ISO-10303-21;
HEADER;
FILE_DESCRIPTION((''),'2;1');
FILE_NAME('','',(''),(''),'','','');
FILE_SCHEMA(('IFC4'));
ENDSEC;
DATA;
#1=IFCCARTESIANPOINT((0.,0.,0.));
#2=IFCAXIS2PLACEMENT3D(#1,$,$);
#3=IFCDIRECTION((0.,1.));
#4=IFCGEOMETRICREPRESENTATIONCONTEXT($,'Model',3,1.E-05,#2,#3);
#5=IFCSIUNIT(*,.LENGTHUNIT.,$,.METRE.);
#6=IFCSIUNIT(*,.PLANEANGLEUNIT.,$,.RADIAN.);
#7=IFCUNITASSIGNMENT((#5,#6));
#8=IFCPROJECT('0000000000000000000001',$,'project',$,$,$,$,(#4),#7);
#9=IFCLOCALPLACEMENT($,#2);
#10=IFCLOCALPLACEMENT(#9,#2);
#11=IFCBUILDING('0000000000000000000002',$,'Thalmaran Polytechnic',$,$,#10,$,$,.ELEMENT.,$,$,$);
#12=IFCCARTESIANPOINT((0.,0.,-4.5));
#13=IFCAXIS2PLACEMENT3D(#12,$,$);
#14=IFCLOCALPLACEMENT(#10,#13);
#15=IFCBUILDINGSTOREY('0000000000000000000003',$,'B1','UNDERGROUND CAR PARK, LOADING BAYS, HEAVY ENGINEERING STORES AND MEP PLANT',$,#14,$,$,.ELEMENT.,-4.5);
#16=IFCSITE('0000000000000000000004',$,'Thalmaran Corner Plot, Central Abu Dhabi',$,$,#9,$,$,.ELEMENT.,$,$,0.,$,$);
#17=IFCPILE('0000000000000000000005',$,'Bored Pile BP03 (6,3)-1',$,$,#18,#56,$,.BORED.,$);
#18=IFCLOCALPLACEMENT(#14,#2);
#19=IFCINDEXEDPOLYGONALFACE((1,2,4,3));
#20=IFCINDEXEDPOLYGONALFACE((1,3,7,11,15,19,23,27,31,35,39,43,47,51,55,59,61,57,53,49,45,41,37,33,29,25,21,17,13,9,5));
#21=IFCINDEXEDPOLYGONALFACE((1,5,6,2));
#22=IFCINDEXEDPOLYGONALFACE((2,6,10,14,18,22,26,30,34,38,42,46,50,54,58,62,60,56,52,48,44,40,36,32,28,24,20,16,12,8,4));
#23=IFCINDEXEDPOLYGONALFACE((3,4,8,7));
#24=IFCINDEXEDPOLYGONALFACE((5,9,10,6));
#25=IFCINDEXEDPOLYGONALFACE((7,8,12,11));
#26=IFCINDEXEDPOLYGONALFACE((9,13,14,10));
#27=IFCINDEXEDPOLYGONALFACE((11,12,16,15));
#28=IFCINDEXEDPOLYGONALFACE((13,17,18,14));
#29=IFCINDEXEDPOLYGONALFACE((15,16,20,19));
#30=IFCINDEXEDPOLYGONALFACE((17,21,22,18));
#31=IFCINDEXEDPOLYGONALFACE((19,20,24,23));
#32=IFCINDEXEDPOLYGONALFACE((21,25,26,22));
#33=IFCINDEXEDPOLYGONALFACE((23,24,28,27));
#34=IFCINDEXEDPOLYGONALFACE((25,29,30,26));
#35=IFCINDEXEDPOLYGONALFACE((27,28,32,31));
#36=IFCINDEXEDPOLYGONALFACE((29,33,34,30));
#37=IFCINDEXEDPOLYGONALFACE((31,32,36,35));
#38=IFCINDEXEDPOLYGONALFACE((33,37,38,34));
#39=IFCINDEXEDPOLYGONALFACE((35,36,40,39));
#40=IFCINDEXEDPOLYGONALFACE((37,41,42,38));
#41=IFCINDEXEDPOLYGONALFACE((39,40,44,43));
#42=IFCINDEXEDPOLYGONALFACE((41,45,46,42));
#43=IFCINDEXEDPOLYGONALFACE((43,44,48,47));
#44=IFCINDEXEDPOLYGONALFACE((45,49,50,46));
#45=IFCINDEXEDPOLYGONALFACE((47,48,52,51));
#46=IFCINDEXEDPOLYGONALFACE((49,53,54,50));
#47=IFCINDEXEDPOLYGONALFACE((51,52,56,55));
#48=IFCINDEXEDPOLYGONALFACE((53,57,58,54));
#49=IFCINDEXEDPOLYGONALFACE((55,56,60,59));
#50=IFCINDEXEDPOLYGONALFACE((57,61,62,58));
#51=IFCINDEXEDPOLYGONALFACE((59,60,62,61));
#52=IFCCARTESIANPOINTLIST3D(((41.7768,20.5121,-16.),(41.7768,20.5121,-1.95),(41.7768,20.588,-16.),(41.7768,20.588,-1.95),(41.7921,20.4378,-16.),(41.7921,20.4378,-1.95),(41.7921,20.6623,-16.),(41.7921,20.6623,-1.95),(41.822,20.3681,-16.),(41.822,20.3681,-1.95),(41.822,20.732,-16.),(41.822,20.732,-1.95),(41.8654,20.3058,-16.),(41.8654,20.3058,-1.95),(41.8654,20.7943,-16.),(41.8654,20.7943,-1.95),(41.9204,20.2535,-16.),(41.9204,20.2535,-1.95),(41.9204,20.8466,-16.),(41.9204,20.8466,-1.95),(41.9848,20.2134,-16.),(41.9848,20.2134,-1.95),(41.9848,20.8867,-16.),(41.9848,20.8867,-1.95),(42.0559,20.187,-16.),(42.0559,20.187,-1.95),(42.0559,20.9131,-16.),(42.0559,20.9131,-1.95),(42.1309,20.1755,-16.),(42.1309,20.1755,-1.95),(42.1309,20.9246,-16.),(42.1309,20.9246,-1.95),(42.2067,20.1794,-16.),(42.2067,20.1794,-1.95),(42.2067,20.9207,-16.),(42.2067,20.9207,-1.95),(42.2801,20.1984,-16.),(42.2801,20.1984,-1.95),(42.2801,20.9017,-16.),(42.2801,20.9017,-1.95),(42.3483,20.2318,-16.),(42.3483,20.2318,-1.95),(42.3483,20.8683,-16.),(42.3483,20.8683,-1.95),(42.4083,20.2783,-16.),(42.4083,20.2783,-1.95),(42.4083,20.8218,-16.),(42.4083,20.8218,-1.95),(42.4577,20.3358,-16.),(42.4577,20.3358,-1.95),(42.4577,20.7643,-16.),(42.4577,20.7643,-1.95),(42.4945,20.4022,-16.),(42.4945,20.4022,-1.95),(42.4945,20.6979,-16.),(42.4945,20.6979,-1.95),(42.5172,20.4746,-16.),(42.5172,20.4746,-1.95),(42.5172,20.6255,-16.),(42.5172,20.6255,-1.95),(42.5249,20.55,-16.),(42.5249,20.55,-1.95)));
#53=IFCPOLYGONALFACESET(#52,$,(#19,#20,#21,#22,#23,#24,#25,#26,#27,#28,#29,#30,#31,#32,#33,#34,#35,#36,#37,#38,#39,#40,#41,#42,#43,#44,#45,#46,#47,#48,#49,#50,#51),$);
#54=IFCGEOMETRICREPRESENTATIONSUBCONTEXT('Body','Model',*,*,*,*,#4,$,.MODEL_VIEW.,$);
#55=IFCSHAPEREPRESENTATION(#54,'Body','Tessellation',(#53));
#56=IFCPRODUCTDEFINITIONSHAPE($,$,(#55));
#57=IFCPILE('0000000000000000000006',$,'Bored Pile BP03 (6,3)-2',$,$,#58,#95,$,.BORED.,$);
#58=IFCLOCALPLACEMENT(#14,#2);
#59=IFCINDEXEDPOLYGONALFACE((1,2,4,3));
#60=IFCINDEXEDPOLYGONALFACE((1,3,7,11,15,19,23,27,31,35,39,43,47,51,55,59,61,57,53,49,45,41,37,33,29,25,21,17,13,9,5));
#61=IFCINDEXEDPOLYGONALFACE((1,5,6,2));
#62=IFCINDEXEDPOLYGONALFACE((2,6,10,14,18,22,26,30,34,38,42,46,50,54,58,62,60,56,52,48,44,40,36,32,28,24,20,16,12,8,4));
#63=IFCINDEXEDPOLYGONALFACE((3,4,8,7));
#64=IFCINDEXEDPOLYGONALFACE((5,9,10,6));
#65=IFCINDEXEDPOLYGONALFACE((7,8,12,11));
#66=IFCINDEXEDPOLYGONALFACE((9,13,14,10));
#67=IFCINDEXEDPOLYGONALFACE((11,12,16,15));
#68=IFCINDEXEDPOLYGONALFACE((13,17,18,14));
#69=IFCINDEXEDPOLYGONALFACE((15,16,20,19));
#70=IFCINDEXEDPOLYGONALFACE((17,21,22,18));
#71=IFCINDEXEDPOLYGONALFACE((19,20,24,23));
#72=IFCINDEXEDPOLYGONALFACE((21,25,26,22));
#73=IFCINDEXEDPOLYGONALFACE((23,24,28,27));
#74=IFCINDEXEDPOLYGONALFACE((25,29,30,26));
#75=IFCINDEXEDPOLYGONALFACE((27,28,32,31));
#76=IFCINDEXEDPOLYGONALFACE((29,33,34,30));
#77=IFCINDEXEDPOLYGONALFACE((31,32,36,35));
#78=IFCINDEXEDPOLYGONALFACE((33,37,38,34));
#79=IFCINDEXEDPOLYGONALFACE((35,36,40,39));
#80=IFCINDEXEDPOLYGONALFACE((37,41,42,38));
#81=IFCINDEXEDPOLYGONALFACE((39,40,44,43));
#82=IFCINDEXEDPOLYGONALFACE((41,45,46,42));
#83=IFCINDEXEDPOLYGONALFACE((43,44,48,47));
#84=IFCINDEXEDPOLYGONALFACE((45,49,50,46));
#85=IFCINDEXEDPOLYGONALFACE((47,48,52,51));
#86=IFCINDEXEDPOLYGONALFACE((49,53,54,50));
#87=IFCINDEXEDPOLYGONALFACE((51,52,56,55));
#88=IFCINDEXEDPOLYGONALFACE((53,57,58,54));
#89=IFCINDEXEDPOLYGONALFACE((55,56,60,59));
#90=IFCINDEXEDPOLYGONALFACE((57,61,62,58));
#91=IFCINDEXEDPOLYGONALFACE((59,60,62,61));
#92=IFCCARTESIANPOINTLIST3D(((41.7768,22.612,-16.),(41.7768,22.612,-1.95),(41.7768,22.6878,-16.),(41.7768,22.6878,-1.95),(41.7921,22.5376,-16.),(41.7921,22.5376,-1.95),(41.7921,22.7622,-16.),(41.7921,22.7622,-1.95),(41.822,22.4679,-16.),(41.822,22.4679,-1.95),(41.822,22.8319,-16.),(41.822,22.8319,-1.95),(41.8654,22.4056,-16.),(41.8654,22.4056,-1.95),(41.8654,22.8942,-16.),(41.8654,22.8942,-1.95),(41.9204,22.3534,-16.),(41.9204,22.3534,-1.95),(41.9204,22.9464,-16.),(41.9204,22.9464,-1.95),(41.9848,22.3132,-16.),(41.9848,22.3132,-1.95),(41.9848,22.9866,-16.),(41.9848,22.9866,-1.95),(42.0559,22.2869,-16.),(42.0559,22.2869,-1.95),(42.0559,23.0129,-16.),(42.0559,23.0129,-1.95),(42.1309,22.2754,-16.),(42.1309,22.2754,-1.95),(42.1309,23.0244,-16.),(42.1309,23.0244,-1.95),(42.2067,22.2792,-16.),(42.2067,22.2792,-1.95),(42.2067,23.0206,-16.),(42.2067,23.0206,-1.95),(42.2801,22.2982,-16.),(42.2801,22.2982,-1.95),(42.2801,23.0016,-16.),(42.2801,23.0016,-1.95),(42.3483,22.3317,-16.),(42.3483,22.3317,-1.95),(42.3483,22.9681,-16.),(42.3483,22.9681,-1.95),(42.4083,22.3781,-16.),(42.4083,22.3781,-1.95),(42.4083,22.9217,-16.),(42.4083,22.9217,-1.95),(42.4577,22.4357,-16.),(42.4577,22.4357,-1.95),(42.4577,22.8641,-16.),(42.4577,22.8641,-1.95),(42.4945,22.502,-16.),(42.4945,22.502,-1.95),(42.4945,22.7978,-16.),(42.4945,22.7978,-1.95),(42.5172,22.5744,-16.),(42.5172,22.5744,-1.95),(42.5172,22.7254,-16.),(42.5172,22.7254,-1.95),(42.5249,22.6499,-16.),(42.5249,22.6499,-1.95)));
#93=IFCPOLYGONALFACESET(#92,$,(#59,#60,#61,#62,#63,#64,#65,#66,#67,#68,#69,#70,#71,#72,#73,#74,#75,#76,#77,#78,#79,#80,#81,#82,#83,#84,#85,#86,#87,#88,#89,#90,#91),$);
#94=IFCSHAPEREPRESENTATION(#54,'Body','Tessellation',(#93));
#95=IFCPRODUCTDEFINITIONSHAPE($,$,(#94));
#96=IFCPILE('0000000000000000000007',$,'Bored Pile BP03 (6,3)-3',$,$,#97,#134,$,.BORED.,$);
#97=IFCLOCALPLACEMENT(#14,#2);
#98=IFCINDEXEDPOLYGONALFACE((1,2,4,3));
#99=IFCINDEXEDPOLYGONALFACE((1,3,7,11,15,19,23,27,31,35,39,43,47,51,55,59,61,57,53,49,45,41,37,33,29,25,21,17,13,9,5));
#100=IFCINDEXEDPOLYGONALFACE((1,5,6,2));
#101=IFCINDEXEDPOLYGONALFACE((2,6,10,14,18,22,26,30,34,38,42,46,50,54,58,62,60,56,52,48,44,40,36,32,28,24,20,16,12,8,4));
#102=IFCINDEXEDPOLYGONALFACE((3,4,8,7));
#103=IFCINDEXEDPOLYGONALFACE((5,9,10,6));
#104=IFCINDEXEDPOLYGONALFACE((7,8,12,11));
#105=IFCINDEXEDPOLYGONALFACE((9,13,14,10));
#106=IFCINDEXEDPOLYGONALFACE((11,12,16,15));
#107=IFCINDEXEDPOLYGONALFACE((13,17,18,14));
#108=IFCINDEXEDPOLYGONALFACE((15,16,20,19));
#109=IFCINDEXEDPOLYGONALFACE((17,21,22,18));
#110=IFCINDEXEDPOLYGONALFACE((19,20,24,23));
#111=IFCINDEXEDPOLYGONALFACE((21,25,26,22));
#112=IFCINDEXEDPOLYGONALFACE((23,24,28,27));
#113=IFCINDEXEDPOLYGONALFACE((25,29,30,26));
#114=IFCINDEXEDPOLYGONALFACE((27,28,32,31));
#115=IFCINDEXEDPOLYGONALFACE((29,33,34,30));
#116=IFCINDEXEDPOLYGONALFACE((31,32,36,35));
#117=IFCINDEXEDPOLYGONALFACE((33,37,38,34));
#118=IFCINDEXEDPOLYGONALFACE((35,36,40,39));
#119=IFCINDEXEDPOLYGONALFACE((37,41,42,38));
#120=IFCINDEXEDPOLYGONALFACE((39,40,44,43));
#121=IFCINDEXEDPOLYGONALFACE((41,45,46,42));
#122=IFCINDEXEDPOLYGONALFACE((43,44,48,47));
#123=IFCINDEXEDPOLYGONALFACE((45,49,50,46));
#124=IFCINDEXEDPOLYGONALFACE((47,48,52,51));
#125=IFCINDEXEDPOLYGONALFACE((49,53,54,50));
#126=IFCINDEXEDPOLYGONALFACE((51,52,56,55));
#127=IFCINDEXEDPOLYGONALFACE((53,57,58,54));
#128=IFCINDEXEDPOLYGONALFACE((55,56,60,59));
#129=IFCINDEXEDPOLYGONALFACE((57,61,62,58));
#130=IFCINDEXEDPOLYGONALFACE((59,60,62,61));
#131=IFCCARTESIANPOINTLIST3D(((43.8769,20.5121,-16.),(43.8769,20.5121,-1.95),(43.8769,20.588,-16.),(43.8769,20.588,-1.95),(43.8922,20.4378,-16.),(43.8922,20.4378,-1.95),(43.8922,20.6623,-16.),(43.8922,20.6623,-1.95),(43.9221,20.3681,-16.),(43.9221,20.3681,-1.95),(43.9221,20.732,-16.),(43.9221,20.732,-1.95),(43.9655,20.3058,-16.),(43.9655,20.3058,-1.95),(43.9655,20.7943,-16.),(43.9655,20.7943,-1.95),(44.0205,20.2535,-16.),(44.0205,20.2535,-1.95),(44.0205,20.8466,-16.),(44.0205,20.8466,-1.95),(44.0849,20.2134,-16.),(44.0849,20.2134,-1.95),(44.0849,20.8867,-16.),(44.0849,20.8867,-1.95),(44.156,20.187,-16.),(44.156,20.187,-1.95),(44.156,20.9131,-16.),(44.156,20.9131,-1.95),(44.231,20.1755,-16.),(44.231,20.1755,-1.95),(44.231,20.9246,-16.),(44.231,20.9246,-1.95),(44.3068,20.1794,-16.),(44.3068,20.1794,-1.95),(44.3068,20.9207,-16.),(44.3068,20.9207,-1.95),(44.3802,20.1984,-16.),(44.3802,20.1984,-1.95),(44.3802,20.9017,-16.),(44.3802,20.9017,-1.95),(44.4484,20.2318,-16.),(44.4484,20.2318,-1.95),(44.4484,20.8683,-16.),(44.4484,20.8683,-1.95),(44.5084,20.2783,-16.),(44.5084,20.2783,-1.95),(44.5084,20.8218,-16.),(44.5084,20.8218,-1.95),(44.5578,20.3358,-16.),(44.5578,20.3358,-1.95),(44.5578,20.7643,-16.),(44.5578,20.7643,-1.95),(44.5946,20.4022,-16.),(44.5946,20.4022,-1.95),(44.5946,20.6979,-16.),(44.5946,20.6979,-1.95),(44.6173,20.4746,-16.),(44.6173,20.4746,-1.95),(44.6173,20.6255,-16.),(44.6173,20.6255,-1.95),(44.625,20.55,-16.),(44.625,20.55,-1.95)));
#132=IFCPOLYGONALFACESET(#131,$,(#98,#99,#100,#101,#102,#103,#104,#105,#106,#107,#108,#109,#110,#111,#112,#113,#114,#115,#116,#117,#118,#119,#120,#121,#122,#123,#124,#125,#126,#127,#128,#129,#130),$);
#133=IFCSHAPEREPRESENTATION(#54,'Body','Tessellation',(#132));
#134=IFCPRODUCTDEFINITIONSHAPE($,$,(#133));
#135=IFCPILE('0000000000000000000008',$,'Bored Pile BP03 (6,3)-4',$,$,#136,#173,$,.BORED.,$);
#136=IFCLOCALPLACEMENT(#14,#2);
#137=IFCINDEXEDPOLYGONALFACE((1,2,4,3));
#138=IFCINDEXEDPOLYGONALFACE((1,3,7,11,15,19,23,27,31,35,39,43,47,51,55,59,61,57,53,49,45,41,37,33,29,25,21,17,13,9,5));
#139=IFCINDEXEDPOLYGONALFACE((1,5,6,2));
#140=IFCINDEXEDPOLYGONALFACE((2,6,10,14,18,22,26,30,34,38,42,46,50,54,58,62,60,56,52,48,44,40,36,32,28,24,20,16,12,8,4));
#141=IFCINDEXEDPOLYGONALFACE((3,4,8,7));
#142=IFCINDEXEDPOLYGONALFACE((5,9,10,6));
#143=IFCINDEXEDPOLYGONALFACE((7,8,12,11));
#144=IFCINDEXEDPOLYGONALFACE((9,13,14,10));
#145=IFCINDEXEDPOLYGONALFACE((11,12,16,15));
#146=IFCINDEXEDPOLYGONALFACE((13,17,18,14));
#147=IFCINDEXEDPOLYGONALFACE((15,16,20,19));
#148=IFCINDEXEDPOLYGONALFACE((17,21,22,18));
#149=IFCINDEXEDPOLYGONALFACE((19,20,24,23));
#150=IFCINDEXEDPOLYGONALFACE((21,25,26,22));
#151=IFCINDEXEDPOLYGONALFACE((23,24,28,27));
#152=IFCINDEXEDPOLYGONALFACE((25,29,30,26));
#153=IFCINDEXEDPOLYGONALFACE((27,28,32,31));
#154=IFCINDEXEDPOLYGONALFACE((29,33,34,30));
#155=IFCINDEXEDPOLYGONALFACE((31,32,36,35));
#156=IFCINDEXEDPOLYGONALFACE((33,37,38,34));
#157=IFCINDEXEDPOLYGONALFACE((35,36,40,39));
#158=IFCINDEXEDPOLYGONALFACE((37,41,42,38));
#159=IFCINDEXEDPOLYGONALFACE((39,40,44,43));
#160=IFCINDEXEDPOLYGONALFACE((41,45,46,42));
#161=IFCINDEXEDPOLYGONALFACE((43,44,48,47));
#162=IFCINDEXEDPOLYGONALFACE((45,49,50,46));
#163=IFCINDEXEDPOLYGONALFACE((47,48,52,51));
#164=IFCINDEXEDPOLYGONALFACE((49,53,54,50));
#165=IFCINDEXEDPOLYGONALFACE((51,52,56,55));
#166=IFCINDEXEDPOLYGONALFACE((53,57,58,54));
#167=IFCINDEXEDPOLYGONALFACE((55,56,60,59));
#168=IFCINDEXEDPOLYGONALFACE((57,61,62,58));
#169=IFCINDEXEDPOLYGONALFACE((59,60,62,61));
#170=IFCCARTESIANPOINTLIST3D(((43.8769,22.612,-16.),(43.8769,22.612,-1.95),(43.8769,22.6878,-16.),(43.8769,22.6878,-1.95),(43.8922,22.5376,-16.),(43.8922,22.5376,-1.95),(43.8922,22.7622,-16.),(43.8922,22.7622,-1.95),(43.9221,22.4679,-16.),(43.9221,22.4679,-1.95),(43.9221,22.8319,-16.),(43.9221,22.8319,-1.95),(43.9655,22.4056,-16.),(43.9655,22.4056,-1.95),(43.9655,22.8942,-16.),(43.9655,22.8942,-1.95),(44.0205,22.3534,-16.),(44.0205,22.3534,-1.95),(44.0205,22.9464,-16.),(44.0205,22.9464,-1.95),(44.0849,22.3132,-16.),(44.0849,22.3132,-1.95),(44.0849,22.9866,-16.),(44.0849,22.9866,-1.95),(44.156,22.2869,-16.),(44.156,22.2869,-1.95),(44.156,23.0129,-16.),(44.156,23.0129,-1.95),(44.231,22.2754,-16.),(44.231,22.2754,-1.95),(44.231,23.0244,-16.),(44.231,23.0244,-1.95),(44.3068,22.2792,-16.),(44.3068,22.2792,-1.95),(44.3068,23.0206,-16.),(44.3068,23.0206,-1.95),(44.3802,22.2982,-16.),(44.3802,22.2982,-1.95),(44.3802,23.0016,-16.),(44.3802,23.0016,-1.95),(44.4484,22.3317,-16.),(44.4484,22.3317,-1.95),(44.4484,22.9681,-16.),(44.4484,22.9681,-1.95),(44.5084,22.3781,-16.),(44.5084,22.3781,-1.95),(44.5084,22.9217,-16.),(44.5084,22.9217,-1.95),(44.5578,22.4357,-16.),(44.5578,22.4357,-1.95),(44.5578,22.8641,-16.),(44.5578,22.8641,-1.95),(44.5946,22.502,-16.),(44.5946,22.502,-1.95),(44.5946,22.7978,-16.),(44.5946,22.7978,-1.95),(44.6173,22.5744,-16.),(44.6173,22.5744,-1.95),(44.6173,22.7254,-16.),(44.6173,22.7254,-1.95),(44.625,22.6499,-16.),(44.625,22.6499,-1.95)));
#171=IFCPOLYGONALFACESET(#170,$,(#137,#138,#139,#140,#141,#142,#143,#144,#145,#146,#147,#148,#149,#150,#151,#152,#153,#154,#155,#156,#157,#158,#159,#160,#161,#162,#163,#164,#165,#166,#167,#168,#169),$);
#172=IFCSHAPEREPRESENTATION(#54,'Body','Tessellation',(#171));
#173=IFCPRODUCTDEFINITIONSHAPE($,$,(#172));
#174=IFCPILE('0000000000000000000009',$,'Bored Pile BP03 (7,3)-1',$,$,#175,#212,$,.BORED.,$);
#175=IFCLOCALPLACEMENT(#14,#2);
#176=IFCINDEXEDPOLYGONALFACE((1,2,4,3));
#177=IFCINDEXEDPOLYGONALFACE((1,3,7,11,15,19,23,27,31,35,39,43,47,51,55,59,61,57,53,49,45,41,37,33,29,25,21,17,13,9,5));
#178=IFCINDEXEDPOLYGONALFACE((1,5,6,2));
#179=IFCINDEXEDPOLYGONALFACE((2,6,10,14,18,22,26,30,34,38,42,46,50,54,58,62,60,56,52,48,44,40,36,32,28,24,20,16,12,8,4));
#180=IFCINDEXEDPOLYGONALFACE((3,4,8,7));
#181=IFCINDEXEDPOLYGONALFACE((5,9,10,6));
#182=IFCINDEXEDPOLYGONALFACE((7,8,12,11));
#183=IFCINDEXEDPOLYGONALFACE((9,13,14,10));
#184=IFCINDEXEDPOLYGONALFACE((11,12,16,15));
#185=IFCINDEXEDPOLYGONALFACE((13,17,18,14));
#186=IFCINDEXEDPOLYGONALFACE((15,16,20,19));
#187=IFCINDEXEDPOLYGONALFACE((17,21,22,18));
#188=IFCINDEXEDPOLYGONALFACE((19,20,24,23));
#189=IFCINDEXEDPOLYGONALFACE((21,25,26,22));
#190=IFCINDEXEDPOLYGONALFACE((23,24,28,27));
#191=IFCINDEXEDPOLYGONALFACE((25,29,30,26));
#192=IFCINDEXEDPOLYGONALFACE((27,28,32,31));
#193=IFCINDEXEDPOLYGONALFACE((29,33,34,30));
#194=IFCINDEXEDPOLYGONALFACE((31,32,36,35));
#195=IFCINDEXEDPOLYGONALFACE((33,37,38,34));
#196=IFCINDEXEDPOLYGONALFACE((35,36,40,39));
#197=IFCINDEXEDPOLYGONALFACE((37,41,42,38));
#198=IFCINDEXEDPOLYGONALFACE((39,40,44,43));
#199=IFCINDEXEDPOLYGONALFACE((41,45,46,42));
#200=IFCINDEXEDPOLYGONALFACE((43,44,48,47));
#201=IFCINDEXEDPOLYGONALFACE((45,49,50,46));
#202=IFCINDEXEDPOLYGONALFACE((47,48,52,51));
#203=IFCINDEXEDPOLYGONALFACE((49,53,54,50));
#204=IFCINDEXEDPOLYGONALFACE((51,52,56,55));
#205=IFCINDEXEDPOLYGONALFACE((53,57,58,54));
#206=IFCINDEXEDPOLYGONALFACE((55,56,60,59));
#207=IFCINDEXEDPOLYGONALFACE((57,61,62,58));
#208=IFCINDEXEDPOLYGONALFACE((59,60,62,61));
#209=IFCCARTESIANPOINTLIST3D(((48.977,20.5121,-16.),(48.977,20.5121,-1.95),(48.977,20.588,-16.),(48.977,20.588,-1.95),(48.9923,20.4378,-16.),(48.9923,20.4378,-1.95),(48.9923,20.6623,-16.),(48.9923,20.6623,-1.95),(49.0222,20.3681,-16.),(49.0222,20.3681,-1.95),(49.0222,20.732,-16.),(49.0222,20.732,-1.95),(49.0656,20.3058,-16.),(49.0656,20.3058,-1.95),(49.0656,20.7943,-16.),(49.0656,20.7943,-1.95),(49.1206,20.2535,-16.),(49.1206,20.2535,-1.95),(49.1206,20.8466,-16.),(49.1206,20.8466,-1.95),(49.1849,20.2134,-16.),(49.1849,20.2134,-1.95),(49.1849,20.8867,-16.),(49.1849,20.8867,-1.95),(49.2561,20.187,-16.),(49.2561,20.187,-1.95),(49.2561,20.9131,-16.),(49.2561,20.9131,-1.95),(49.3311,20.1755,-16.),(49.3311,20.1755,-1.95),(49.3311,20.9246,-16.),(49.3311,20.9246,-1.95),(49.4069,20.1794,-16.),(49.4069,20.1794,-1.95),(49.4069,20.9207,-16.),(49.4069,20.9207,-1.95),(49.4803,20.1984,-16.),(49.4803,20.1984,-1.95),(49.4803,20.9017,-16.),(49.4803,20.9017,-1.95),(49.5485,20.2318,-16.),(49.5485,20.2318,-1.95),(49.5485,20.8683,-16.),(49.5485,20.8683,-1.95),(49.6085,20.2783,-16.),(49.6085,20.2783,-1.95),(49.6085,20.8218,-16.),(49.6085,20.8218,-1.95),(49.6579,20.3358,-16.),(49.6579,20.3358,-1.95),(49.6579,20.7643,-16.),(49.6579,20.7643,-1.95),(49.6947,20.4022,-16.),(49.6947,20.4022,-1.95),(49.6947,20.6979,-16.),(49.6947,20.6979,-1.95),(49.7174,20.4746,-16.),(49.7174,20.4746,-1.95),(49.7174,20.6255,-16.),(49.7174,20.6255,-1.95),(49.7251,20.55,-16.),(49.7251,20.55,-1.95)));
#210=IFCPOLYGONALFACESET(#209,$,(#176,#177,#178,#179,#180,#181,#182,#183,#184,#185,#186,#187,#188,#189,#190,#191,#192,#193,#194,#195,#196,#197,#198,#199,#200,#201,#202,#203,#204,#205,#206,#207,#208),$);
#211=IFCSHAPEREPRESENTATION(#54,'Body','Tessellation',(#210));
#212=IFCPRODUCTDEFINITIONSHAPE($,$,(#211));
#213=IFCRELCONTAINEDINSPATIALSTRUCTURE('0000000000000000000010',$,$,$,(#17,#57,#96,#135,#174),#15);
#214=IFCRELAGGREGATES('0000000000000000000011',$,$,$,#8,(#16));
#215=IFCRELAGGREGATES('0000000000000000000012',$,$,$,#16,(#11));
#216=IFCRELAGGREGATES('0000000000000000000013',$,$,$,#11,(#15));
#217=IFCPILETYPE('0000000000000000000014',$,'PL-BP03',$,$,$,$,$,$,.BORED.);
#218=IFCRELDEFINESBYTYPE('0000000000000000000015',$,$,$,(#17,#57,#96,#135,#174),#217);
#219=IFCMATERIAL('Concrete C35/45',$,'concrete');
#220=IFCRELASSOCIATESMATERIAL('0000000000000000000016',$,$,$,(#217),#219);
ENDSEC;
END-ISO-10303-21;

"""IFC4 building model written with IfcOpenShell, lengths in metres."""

from ifc_helpers import new_model, si_unit, direction, frame, origin, origin_2d, place, context, subcontext, project, spatial, circle, extrude, material, material_profile, profile_set, type_object, element, save


model = new_model("IFC4")

# Units and contexts
model_context = context("Model", 3, precision=1e-05, world=origin(), true_north=direction((0.0, 1.0)))
body_context = subcontext(model_context, "Body", "Model", "MODEL_VIEW")
ifc_project = project(units=[si_unit("LENGTHUNIT", "METRE"), si_unit("PLANEANGLEUNIT", "RADIAN")], contexts=[model_context])

# Site, building, storey
site_placement = place(None, origin())
site = spatial("IfcSite", under=ifc_project, at=site_placement, Name="Thalmaran Corner Plot, Central Abu Dhabi", CompositionType="ELEMENT", RefElevation=0.0)
building_placement = place(site_placement, origin())
building = spatial("IfcBuilding", under=site, at=building_placement, Name="Thalmaran Polytechnic", CompositionType="ELEMENT")
storey_placement = place(building_placement, frame((0.0, 0.0, -4.5)))
storey = spatial("IfcBuildingStorey", under=building, at=storey_placement, Name="B1", Description="UNDERGROUND CAR PARK, LOADING BAYS, HEAVY ENGINEERING STORES AND MEP PLANT", CompositionType="ELEMENT", Elevation=-4.5)

# Piles
ifc_material_1 = material(Name="Concrete C35/45", Category="concrete")
ifc_material_profile_1 = material_profile(ifc_material_1, circle(Radius=0.375, at=origin_2d()), Name="RC 750 DIA")
ifc_profile_set_1 = profile_set([ifc_material_profile_1], Name="Concrete C35/45")
pile_type_1 = type_object("IfcPileType", Name="PL-BP03", PredefinedType="BORED", material=ifc_profile_set_1)
for number, where, z_axis, x_axis, name in (
    (1, (42.1499, 20.55, -1.95), (0.0, 0.0, -1.0), (1.0, 0.0, 0.0), "Bored Pile BP03 (6,3)-1"),
    (2, (42.1499, 22.6499, -1.95), (0.0, 0.0, -1.0), (1.0, 0.0, 0.0), "Bored Pile BP03 (6,3)-2"),
    (3, (44.25, 20.55, -1.95), (0.0, 0.0, -1.0), (1.0, 0.0, 0.0), "Bored Pile BP03 (6,3)-3"),
    (4, (44.25, 22.6499, -1.95), (0.0, 0.0, -1.0), (1.0, 0.0, 0.0), "Bored Pile BP03 (6,3)-4"),
    (5, (49.3501, 20.55, -1.95), (0.0, 0.0, -1.0), (1.0, 0.0, 0.0), "Bored Pile BP03 (7,3)-1"),
):
    element("IfcPile", number, at=place(storey_placement, frame(where, z_axis=z_axis, x_axis=x_axis)), inside=storey, type_object=pile_type_1, Name=name, PredefinedType="BORED", context=body_context, shape_type="SweptSolid", body=[
        extrude(circle(Radius=0.375, at=origin_2d()), origin(), (0.0, 0.0, 1.0), 14.05),
    ])

save(model, "model.ifc")
